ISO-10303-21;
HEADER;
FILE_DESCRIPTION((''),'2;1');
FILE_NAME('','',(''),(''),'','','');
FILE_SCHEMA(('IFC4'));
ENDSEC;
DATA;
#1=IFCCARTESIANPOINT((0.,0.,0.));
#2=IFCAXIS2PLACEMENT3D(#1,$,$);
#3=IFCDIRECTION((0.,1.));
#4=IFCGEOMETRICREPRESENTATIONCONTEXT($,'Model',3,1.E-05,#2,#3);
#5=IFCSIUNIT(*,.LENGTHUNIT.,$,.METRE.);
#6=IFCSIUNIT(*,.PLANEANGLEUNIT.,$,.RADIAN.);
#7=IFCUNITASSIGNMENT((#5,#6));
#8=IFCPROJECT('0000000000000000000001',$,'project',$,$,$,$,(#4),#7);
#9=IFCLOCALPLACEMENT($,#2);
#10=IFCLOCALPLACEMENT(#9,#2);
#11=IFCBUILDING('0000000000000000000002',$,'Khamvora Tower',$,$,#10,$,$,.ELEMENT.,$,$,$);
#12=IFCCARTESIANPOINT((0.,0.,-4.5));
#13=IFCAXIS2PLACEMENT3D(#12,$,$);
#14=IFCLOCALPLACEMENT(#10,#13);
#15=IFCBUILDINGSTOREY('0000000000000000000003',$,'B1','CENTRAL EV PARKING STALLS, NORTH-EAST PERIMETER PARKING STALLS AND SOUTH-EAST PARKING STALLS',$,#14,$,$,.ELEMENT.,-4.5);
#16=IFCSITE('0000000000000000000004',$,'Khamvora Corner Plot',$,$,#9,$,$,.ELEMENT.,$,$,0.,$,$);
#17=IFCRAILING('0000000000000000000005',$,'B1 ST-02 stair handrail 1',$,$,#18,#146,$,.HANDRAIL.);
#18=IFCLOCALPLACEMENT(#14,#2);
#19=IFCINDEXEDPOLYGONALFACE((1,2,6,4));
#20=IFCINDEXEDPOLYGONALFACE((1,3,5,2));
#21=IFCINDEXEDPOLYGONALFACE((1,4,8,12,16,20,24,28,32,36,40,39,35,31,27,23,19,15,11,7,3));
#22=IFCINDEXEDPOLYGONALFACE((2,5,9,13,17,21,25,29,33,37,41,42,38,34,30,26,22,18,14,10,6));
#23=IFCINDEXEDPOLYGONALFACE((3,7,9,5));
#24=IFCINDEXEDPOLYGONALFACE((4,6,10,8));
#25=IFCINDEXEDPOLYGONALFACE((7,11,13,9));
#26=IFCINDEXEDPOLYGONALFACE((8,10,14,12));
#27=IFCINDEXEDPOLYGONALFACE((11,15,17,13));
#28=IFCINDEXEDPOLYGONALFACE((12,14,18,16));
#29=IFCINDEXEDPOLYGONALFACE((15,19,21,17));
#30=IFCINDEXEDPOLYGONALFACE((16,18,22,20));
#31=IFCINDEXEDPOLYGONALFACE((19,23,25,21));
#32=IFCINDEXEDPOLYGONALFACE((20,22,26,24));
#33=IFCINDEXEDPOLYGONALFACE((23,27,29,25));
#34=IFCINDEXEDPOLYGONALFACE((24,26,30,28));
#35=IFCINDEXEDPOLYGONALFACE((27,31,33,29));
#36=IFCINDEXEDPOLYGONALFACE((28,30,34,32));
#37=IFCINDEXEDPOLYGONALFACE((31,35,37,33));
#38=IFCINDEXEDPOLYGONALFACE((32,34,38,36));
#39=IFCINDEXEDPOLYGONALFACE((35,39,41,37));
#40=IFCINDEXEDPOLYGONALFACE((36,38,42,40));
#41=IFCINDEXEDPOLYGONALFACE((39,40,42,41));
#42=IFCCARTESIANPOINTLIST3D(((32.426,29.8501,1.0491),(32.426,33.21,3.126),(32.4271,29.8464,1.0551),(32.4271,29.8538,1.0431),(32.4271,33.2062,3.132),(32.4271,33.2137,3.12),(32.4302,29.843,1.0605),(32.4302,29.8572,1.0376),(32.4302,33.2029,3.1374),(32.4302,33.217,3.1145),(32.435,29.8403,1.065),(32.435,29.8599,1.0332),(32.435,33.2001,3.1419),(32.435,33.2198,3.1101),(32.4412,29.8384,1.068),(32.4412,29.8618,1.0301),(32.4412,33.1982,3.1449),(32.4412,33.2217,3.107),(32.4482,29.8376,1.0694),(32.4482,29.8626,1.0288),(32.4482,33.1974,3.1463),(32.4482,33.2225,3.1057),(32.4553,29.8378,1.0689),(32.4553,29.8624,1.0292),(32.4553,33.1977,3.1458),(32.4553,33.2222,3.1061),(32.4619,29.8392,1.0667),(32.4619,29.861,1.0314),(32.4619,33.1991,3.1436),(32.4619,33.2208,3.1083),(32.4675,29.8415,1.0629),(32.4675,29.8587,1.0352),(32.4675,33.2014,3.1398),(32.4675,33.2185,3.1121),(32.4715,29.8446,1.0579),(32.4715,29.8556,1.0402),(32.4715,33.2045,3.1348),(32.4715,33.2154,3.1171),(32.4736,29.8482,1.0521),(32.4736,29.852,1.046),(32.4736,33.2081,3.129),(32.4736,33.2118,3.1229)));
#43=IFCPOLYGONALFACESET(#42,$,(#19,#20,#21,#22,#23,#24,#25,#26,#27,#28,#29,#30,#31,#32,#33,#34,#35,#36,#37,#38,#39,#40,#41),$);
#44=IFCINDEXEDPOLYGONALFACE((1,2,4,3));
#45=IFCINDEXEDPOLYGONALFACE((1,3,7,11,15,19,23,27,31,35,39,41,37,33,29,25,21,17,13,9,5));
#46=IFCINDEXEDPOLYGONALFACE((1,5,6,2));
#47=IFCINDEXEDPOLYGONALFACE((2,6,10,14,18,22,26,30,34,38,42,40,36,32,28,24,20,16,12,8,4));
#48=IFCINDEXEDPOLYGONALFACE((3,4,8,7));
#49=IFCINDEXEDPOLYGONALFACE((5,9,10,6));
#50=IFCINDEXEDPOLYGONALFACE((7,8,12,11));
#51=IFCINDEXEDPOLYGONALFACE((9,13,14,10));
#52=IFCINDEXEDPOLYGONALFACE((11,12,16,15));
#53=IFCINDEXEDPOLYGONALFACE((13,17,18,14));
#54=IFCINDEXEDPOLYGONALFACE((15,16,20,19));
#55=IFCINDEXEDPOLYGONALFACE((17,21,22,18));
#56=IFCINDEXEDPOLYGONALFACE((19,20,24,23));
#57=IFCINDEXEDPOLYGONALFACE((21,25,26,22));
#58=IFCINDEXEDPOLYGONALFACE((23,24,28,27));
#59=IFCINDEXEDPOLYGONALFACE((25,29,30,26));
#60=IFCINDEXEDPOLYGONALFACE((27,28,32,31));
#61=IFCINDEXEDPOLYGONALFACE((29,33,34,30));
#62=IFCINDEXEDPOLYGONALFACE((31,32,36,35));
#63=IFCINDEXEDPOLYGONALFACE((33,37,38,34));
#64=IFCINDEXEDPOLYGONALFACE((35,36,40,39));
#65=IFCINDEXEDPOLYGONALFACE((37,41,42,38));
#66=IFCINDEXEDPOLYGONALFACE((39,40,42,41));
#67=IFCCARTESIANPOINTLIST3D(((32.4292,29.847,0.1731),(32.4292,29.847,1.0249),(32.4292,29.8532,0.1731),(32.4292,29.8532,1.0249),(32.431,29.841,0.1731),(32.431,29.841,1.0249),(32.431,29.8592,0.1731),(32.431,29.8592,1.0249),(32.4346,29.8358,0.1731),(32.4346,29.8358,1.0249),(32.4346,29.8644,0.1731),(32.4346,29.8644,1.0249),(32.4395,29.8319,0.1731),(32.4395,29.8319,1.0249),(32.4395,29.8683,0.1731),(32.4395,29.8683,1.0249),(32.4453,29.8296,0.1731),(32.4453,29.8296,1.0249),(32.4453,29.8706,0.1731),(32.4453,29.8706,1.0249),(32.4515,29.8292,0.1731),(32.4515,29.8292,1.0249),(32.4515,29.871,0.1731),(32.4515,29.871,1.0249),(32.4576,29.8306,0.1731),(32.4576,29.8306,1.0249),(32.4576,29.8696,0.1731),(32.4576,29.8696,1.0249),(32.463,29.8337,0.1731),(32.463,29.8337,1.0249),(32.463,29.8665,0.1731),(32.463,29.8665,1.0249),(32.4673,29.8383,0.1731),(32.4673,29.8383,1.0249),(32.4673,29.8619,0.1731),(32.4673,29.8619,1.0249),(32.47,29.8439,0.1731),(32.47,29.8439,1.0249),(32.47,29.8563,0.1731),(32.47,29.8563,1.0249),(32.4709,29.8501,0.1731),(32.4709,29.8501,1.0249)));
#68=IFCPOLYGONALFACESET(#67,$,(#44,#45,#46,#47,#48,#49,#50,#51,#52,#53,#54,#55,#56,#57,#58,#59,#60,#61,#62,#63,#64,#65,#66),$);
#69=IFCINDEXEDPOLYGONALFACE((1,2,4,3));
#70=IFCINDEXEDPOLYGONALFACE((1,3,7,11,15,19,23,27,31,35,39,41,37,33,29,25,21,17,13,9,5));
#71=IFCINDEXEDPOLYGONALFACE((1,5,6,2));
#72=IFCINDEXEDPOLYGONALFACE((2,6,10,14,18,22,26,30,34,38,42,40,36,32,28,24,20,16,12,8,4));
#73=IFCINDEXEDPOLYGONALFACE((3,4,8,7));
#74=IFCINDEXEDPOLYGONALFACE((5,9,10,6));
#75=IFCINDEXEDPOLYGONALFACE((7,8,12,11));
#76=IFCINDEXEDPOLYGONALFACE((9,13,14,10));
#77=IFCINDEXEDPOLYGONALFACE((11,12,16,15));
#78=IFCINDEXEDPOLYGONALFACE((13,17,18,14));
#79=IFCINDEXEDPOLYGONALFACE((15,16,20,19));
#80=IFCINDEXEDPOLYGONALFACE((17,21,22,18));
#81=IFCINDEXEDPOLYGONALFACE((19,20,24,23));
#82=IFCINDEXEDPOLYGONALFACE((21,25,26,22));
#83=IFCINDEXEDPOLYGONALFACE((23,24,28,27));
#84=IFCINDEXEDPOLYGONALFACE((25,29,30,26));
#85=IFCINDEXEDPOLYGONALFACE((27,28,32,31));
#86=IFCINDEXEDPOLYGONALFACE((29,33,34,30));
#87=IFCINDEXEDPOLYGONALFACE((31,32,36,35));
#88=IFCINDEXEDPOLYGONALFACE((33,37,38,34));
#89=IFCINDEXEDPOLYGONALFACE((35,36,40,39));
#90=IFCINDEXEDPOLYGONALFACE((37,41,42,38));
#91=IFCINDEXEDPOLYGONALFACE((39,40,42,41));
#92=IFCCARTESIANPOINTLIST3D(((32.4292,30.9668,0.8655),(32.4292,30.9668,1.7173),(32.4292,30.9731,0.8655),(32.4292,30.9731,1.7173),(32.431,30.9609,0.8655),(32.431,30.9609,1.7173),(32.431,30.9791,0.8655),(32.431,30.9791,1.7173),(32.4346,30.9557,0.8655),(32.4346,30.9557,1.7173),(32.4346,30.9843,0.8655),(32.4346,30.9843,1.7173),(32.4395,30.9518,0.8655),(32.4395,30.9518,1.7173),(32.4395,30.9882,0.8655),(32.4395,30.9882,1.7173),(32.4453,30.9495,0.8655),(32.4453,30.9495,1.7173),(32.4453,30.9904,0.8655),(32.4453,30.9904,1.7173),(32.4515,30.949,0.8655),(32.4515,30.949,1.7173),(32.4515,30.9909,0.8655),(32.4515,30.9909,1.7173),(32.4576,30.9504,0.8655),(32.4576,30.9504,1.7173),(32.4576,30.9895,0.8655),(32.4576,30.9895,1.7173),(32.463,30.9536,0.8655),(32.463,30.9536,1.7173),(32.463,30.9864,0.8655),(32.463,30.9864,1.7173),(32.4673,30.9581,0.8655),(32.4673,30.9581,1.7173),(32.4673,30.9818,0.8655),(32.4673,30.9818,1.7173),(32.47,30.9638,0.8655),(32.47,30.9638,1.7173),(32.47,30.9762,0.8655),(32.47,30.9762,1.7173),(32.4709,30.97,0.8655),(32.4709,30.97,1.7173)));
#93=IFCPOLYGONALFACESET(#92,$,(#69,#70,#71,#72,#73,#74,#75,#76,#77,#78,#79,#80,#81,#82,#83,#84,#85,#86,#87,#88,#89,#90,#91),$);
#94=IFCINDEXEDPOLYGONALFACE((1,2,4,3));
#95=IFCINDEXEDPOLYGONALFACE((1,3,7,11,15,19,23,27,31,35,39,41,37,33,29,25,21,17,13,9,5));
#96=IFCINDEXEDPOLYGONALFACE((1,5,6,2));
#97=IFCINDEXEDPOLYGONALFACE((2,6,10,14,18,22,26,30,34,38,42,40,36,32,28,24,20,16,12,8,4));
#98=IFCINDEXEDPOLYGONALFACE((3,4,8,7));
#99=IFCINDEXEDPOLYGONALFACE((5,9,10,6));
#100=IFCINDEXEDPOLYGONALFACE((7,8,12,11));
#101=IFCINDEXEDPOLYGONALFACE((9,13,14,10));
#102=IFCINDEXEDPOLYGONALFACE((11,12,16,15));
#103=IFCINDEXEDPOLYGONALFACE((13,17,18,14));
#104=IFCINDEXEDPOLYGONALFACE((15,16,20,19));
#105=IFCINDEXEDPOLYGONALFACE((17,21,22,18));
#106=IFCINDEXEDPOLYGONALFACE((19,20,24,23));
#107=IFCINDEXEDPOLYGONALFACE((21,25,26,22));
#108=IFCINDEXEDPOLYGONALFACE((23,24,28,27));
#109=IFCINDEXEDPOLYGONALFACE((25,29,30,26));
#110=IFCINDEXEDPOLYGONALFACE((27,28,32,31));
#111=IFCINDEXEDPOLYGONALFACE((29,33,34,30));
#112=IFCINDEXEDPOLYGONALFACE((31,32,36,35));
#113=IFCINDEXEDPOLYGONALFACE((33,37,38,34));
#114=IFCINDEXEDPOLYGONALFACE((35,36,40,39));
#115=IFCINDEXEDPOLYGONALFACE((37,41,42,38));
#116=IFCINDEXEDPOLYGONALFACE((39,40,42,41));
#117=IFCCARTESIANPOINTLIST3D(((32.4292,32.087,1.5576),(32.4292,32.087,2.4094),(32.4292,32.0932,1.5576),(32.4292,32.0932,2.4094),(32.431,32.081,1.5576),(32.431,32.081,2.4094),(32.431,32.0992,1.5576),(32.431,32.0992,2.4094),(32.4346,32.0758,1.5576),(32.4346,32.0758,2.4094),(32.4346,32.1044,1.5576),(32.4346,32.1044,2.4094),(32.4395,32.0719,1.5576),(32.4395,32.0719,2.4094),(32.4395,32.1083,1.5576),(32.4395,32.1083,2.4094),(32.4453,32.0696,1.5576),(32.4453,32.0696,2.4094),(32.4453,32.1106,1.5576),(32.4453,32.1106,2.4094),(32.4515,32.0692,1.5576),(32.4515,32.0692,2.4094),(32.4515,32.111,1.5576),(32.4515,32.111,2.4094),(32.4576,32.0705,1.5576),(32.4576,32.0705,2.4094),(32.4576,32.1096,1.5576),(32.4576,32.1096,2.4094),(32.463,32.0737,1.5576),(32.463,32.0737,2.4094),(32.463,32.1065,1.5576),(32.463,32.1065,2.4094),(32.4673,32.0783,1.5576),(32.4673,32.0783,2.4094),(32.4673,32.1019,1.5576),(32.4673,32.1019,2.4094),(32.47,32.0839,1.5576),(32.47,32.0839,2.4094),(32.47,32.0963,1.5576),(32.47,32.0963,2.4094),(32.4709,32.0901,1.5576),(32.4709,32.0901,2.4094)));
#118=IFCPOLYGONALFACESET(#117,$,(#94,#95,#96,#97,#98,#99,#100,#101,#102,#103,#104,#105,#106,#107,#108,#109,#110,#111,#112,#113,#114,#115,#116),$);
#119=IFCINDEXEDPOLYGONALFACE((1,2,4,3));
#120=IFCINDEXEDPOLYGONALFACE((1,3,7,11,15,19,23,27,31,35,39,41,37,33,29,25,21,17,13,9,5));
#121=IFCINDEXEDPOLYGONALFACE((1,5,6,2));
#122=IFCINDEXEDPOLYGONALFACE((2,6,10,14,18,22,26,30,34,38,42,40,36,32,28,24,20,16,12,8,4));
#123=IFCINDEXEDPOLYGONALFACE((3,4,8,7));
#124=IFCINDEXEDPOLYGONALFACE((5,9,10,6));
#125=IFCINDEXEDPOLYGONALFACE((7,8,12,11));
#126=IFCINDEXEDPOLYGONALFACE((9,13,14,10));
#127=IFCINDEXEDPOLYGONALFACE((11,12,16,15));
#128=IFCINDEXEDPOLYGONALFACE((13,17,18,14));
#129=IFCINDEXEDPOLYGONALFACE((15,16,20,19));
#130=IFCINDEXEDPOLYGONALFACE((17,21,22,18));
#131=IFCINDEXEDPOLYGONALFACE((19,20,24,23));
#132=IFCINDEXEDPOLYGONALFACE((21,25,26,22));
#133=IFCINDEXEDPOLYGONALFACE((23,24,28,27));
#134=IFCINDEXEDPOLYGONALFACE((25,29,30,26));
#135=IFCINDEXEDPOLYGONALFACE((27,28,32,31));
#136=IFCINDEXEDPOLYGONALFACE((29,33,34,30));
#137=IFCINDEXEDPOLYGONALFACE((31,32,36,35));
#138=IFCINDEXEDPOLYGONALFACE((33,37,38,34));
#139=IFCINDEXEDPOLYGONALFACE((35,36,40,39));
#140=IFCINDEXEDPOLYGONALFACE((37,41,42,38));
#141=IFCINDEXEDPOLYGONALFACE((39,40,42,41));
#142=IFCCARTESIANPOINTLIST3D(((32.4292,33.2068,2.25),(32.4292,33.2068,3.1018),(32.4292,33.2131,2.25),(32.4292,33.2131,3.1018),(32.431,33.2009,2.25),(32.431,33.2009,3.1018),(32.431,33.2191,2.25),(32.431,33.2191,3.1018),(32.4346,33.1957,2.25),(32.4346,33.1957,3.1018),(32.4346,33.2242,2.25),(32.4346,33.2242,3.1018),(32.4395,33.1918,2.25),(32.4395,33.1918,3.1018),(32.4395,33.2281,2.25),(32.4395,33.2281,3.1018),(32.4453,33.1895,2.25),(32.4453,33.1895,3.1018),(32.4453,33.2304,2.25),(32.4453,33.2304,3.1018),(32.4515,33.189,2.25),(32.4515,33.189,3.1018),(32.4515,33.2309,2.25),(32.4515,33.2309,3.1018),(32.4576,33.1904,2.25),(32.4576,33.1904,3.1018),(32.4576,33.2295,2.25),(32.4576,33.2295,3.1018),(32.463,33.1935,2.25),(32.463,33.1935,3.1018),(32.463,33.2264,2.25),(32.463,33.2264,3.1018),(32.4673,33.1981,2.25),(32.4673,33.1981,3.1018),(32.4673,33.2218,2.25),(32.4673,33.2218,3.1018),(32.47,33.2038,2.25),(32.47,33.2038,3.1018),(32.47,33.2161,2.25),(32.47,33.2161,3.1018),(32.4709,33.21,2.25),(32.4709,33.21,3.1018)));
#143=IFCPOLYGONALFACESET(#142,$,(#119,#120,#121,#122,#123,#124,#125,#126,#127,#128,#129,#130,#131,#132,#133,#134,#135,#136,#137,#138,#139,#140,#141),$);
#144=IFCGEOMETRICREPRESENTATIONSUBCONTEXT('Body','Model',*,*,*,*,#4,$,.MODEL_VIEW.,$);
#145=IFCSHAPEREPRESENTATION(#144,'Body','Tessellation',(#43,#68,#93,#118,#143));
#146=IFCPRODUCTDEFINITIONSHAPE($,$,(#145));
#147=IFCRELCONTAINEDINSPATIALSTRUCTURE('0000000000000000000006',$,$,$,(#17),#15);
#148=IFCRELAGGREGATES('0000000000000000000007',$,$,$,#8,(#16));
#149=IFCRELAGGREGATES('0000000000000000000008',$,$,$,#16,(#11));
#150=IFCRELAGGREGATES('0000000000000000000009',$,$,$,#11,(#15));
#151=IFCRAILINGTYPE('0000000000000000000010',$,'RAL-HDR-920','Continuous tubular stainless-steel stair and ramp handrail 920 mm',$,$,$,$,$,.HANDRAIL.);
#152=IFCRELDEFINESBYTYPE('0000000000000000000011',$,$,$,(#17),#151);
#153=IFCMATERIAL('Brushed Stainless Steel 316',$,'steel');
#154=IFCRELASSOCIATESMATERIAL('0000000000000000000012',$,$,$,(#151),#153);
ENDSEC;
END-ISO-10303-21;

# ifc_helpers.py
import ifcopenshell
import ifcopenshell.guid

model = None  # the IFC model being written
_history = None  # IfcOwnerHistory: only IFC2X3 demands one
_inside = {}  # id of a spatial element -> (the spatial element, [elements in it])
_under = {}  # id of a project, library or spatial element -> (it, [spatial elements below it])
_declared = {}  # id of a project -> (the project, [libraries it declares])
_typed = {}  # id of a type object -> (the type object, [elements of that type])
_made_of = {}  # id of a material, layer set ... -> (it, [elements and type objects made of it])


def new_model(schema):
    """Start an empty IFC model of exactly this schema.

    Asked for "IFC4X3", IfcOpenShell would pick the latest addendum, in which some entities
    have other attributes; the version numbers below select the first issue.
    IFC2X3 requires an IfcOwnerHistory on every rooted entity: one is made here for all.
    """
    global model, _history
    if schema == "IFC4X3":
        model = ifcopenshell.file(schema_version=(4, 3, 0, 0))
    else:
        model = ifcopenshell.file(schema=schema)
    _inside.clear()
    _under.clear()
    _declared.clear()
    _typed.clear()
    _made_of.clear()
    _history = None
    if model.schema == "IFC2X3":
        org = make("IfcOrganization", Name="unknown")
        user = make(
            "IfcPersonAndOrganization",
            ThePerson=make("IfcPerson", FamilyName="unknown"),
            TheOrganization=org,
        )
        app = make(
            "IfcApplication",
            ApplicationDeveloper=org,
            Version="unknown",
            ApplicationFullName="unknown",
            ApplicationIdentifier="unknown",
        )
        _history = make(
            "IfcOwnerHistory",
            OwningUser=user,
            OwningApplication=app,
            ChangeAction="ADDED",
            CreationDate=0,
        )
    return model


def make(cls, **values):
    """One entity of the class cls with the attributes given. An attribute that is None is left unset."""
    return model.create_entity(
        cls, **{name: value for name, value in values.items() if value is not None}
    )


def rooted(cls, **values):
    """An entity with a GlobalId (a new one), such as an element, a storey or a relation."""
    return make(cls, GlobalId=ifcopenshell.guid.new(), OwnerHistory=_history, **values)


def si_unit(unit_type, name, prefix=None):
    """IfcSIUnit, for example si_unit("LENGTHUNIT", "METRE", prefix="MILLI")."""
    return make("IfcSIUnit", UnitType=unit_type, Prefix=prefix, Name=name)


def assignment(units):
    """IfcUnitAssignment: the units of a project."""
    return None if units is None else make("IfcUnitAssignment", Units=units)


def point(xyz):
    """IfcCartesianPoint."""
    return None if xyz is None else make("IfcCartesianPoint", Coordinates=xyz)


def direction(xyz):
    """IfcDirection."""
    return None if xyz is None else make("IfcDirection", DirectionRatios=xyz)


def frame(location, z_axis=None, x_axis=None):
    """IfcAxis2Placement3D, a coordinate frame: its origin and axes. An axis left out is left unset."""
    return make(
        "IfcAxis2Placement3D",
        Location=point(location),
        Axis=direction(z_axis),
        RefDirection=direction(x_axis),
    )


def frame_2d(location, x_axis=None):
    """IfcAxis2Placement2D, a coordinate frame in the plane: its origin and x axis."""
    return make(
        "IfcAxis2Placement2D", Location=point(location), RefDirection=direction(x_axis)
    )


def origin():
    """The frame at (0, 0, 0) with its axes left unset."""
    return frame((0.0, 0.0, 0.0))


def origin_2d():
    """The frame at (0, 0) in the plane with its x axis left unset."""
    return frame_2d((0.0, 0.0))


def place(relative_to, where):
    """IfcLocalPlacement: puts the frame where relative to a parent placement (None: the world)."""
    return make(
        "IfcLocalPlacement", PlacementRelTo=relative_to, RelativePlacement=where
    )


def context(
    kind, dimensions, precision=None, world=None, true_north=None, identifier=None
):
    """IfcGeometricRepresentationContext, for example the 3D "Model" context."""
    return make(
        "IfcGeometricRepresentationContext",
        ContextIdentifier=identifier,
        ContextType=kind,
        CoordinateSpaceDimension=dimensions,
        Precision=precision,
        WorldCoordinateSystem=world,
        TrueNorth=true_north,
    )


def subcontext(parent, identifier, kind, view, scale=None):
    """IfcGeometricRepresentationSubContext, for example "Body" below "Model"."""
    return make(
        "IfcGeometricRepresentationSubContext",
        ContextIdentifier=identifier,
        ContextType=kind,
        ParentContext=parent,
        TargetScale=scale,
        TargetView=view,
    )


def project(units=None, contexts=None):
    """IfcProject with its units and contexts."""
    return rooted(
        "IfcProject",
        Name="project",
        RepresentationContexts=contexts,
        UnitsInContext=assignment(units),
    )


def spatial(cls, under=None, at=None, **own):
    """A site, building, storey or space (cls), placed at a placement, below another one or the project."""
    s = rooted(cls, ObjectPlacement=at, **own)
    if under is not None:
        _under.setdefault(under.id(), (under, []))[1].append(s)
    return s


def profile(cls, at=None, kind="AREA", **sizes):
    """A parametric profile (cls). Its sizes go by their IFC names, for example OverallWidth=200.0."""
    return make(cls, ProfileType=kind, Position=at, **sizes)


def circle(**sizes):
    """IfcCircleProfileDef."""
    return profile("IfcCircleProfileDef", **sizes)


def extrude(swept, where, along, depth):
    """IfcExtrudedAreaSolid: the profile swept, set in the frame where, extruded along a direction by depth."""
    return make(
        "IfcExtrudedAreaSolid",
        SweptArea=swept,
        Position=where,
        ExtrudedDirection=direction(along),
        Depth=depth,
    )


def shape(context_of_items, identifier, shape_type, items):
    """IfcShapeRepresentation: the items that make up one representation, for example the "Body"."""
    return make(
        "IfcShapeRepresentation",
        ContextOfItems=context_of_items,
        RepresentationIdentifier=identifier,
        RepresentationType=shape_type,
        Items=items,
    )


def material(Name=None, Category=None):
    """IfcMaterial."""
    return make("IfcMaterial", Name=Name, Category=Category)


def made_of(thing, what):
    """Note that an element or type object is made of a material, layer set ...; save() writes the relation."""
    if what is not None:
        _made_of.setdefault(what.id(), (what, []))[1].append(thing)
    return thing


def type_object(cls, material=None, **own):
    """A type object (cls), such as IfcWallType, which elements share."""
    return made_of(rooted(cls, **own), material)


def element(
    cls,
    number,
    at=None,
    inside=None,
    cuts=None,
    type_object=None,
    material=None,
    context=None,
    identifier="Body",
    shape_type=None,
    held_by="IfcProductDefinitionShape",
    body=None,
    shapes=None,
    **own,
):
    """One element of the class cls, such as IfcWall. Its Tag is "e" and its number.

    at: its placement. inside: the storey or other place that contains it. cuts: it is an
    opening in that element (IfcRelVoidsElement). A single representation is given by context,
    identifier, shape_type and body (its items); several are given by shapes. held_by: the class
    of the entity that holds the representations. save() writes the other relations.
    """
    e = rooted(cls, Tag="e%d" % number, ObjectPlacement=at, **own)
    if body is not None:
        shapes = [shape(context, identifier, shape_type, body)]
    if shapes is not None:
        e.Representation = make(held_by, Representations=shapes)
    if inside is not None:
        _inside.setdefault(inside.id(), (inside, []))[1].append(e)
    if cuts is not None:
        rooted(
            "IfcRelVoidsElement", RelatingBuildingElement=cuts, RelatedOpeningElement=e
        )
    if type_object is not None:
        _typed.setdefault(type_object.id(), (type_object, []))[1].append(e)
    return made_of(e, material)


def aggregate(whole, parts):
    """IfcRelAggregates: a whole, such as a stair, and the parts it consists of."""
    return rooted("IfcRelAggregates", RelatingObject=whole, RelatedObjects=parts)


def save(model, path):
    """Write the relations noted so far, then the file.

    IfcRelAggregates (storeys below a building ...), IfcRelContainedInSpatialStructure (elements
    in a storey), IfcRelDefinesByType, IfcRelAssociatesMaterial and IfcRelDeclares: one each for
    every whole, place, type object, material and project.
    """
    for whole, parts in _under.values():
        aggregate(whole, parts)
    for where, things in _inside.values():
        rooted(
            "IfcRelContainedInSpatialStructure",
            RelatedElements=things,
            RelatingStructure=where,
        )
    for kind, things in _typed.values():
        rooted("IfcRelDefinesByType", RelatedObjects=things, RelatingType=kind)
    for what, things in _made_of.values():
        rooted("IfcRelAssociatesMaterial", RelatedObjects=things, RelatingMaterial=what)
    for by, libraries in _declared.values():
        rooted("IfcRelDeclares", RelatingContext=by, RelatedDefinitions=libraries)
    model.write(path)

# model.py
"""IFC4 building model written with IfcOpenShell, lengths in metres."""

from ifc_helpers import new_model, si_unit, direction, frame, origin, origin_2d, place, context, subcontext, project, spatial, circle, extrude, material, type_object, element, save


model = new_model("IFC4")

# Units and contexts
model_context = context("Model", 3, precision=1e-05, world=origin(), true_north=direction((0.0, 1.0)))
body_context = subcontext(model_context, "Body", "Model", "MODEL_VIEW")
ifc_project = project(units=[si_unit("LENGTHUNIT", "METRE"), si_unit("PLANEANGLEUNIT", "RADIAN")], contexts=[model_context])

# Site, building, storey
site_placement = place(None, origin())
site = spatial("IfcSite", under=ifc_project, at=site_placement, Name="Khamvora Corner Plot", CompositionType="ELEMENT", RefElevation=0.0)
building_placement = place(site_placement, origin())
building = spatial("IfcBuilding", under=site, at=building_placement, Name="Khamvora Tower", CompositionType="ELEMENT")
storey_placement = place(building_placement, frame((0.0, 0.0, -4.5)))
storey = spatial("IfcBuildingStorey", under=building, at=storey_placement, Name="B1", Description="CENTRAL EV PARKING STALLS, NORTH-EAST PERIMETER PARKING STALLS AND SOUTH-EAST PARKING STALLS", CompositionType="ELEMENT", Elevation=-4.5)

# Railing
ifc_material_1 = material(Name="Brushed Stainless Steel 316", Category="steel")
railing_type_1 = type_object("IfcRailingType", Name="RAL-HDR-920", Description="Continuous tubular stainless-steel stair and ramp handrail 920 mm", PredefinedType="HANDRAIL", material=ifc_material_1)
railing_1_placement = place(storey_placement, frame((32.45, 29.8501, 0.1731)))
element("IfcRailing", 1, at=railing_1_placement, inside=storey, type_object=railing_type_1, Name="B1 ST-02 stair handrail 1", PredefinedType="HANDRAIL", context=body_context, shape_type="SweptSolid", body=[
    extrude(circle(Radius=0.0239, at=origin_2d()), frame((0.0, 0.0, 0.876), z_axis=(0.0, 0.850606, 0.525803), x_axis=(-1.0, 0.0, 0.0)), (0.0, 0.0, 1.0), 3.95),
    extrude(circle(Radius=0.021, at=origin_2d()), origin(), (0.0, 0.0, 1.0), 0.8518),
    extrude(circle(Radius=0.021, at=origin_2d()), frame((0.0, 1.1199, 0.6924)), (0.0, 0.0, 1.0), 0.8518),
    extrude(circle(Radius=0.021, at=origin_2d()), frame((0.0, 2.24, 1.3845)), (0.0, 0.0, 1.0), 0.8518),
    extrude(circle(Radius=0.021, at=origin_2d()), frame((0.0, 3.3599, 2.0769)), (0.0, 0.0, 1.0), 0.8518),
])

save(model, "model.ifc")
